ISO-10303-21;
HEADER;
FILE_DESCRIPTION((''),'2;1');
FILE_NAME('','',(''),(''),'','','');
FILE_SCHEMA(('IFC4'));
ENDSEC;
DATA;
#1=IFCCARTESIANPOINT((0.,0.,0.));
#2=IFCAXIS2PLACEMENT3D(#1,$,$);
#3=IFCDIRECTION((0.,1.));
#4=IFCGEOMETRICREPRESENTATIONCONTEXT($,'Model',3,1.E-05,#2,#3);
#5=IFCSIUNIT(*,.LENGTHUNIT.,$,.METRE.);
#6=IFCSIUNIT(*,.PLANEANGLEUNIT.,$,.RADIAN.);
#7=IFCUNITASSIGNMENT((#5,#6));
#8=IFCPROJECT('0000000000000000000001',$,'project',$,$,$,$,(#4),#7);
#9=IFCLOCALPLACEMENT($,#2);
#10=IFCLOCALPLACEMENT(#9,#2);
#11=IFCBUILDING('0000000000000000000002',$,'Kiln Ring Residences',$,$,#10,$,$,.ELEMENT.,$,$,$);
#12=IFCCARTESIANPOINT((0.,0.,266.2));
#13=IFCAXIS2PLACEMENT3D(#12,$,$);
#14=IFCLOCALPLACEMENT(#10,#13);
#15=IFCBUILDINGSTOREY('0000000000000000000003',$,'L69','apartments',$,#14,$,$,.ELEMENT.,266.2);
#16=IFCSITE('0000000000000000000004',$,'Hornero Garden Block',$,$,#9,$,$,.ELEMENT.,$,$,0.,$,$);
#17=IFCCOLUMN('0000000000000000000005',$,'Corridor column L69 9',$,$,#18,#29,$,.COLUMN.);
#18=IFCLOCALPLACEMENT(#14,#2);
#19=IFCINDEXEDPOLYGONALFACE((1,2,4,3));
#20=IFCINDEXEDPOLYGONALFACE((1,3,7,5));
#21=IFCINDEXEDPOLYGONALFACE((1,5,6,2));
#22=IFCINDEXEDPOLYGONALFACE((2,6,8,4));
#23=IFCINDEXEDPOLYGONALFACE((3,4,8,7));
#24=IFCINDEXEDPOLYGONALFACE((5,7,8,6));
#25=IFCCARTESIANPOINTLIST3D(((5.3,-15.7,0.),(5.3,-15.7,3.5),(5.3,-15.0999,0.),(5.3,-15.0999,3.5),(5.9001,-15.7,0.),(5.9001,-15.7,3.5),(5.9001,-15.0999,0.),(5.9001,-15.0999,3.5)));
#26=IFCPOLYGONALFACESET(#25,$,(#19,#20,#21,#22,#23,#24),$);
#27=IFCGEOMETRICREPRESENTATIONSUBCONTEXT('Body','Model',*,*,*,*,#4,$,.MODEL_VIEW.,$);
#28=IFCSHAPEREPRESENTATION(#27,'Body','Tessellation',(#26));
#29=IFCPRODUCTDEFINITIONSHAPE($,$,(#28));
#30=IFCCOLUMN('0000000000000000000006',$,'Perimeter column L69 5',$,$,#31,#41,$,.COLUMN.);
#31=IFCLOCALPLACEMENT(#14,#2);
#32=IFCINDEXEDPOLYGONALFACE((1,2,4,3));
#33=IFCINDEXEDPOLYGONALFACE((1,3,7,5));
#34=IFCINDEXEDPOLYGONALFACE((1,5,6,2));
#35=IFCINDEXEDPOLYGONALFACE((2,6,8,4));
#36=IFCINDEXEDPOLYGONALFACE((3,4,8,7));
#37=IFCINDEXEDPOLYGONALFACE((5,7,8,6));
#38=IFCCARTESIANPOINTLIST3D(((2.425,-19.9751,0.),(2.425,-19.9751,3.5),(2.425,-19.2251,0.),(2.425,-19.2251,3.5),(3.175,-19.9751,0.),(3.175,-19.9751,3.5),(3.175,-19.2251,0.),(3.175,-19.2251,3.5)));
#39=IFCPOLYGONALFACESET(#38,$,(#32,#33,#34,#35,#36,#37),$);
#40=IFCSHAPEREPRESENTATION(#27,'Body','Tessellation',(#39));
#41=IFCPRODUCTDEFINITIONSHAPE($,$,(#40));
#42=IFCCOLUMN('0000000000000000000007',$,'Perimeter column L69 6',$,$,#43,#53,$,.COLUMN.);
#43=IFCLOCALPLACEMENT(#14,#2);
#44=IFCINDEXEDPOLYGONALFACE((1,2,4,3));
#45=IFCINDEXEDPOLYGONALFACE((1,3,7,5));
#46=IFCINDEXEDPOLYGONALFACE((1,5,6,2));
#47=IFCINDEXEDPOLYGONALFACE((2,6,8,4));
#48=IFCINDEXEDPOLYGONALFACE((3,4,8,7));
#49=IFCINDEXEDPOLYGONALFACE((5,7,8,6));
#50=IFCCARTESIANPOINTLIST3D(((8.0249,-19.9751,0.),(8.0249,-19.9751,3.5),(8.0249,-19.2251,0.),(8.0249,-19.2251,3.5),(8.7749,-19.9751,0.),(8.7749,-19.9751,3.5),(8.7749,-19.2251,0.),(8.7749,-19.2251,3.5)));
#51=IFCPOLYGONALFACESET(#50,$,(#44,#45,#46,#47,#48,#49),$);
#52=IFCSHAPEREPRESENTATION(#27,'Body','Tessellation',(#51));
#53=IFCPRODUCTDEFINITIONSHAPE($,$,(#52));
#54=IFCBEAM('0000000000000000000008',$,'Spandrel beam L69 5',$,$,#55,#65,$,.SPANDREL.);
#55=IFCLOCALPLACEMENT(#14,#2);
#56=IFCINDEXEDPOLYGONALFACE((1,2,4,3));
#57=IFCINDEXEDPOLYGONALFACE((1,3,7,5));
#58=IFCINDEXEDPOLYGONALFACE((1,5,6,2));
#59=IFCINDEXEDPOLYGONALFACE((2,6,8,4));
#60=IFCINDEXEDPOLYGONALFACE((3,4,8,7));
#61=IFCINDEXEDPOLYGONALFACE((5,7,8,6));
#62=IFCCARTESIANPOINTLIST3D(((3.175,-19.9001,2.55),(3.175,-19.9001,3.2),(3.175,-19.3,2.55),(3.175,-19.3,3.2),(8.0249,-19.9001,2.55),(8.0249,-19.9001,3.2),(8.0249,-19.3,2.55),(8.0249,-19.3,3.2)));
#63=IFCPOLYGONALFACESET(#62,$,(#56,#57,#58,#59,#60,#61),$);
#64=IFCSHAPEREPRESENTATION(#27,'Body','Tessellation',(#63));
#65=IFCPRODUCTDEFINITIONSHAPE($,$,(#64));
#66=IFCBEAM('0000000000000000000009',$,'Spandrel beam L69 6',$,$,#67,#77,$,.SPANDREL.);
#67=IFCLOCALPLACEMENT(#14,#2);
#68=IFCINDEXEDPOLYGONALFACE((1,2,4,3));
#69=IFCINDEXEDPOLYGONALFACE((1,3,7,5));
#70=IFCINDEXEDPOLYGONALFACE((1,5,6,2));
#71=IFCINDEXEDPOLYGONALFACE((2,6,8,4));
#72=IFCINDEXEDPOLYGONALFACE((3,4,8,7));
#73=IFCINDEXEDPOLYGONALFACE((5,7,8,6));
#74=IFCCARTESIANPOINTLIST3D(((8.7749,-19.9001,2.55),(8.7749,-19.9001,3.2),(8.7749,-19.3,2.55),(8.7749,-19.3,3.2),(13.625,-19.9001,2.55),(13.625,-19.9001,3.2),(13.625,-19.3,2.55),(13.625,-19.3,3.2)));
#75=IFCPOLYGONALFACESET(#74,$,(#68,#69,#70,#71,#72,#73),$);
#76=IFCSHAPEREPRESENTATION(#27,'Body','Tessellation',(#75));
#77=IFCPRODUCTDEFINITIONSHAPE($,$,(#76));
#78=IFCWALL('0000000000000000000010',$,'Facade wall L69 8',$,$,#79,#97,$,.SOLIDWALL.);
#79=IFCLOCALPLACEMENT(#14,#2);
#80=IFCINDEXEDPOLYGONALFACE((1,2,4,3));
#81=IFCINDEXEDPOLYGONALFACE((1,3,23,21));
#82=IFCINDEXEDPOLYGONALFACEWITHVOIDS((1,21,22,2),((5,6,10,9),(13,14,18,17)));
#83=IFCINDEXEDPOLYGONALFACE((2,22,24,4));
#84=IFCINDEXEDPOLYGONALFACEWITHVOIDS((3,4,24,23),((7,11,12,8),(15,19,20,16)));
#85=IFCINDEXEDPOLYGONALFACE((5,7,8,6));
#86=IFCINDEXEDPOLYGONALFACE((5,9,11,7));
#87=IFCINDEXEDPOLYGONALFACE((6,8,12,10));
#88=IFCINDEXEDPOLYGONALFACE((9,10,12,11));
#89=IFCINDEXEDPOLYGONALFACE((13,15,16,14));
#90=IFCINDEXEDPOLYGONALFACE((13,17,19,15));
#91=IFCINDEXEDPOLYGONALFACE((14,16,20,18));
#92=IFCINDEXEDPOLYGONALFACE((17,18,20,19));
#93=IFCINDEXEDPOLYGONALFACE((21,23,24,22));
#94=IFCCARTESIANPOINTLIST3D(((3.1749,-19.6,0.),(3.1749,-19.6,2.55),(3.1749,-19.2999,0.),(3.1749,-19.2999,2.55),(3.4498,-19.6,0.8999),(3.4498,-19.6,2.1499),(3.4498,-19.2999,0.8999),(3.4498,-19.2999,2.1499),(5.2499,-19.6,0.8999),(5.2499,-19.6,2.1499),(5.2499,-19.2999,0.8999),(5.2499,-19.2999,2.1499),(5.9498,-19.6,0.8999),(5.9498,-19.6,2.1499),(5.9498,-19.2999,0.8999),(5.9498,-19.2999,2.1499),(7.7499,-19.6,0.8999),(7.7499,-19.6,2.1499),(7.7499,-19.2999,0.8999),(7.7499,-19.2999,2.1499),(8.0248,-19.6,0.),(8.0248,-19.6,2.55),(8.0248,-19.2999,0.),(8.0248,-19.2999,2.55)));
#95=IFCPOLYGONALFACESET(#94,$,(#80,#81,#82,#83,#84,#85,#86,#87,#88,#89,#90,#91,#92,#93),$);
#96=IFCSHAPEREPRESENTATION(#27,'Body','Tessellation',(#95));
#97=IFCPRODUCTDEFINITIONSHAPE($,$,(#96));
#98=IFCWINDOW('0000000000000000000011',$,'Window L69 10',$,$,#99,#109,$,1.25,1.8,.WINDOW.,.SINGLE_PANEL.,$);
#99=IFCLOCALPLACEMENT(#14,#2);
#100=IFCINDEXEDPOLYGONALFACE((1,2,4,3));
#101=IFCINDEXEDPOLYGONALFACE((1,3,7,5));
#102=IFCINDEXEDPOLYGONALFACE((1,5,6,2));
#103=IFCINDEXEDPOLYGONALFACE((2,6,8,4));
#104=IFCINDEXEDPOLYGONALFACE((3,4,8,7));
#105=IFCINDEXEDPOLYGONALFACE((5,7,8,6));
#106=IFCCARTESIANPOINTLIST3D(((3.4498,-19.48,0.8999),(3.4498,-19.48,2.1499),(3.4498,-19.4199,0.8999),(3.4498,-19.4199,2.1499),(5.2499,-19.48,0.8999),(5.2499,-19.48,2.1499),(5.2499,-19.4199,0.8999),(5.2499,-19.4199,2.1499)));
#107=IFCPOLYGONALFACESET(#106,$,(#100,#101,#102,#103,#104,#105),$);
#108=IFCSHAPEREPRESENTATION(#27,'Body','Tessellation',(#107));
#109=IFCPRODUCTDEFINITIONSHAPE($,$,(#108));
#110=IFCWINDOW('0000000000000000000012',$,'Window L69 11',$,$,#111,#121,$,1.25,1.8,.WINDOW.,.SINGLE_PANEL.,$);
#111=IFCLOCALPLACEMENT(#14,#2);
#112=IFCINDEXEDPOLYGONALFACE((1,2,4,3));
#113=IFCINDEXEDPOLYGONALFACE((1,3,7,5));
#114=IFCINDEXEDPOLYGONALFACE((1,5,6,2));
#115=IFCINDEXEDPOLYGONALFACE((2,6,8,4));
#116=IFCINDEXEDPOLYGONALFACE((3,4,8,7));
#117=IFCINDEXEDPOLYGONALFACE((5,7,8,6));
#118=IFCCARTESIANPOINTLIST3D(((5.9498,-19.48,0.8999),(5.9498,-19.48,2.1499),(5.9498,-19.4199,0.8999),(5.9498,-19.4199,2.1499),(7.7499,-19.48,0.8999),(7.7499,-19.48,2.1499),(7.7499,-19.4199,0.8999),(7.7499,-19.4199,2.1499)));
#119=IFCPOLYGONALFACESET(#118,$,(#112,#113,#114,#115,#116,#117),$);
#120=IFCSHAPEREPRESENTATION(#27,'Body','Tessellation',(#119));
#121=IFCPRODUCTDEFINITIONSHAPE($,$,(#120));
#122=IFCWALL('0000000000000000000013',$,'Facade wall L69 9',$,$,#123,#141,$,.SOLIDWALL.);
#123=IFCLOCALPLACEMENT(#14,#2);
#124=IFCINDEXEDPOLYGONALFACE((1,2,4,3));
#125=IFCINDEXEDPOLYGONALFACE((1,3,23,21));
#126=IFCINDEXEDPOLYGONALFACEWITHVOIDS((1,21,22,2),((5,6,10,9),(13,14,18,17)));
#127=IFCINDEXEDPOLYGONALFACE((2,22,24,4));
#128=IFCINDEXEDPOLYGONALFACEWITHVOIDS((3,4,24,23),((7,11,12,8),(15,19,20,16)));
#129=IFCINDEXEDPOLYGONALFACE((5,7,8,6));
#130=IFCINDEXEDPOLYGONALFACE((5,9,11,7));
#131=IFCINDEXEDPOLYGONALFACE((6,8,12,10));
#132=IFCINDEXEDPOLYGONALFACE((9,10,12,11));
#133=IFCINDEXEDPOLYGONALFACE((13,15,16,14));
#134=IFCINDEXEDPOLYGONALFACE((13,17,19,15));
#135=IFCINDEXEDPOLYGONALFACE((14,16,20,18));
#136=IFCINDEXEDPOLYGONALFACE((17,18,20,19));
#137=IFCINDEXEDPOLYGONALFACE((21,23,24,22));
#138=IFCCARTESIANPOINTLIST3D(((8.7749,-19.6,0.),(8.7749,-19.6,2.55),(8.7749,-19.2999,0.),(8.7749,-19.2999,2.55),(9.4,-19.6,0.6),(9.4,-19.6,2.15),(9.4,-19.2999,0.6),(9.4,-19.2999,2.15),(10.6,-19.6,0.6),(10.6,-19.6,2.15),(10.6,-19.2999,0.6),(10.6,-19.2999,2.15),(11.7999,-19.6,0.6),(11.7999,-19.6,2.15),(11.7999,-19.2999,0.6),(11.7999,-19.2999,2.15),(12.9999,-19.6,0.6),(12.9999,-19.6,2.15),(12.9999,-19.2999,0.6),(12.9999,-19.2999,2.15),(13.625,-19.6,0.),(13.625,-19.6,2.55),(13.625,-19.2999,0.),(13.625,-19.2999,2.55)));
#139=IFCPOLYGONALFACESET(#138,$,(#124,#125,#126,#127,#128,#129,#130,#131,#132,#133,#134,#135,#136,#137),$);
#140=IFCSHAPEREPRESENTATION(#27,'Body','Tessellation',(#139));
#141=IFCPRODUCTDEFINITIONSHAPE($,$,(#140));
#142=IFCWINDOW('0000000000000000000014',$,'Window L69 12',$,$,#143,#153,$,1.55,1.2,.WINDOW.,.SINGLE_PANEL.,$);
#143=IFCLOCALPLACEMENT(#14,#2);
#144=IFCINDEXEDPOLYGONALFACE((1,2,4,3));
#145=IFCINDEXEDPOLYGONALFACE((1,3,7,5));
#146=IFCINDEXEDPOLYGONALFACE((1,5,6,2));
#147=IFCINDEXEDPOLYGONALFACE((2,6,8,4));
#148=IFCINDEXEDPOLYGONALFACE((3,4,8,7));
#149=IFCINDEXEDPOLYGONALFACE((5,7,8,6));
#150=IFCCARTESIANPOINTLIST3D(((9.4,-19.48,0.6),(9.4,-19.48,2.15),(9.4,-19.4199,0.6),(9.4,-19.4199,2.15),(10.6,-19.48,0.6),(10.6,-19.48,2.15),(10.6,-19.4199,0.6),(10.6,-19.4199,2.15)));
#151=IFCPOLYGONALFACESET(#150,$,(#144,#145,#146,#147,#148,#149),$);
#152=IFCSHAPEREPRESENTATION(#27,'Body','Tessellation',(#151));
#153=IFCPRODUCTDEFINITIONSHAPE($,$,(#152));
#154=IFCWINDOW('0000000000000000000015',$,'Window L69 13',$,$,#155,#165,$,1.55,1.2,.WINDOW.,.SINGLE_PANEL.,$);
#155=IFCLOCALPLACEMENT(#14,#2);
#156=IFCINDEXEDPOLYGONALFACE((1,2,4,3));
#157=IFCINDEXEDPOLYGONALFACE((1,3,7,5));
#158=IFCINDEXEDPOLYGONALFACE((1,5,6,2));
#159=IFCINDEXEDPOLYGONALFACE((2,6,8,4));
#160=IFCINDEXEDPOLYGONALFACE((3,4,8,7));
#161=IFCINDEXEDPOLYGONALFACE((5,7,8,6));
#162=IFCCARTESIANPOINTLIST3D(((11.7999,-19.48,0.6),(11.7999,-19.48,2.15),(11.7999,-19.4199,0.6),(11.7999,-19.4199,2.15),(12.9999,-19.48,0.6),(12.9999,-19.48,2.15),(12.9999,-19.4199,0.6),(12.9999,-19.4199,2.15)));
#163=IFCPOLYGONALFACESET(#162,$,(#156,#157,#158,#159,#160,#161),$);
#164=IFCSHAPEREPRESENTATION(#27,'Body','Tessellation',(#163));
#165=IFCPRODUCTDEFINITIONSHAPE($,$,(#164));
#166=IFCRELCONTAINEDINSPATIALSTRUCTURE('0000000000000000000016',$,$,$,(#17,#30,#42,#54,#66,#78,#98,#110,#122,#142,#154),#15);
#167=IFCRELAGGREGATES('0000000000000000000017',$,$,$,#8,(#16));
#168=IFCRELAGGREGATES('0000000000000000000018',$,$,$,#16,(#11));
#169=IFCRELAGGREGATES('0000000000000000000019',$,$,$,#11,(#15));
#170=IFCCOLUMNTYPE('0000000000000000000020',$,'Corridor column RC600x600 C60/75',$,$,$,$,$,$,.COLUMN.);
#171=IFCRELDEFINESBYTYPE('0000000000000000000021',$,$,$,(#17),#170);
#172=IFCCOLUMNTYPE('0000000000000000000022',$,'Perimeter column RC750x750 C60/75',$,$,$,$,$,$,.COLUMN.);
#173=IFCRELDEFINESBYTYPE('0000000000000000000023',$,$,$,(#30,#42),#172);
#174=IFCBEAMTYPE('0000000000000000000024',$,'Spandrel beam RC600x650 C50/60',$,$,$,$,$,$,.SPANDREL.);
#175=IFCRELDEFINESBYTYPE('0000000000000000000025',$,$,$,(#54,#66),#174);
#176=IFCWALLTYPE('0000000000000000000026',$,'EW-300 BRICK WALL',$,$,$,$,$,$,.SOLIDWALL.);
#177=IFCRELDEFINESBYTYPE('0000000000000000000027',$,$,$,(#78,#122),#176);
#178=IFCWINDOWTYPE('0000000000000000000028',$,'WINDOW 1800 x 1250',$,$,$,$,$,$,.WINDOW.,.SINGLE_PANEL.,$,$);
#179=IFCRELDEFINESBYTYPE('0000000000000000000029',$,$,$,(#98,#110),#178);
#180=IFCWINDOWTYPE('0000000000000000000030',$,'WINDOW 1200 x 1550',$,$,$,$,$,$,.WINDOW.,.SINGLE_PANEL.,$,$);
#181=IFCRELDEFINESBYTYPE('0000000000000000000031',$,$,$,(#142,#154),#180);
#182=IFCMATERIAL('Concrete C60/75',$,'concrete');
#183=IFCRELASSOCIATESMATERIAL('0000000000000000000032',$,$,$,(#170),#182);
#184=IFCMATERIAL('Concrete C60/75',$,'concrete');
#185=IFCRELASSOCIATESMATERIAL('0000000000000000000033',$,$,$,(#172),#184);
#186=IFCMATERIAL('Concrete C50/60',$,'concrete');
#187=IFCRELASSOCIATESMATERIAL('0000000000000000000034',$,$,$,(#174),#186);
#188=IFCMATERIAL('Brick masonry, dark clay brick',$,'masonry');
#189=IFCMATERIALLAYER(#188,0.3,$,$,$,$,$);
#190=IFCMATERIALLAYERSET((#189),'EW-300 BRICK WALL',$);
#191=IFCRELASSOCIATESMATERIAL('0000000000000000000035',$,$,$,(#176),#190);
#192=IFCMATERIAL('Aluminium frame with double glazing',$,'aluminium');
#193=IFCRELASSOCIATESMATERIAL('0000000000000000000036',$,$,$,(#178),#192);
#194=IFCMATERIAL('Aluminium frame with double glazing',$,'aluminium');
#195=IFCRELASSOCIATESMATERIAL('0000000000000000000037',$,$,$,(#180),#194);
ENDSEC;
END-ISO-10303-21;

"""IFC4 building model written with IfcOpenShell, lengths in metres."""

from ifc_helpers import new_model, si_unit, direction, frame, frame_2d, origin, origin_2d, place, context, subcontext, project, spatial, rectangle, extrude, material, layer, layer_set, material_profile, profile_set, type_object, element, fill, save


model = new_model("IFC4")

# Units and contexts
model_context = context("Model", 3, precision=1e-05, world=origin(), true_north=direction((0.0, 1.0)))
body_context = subcontext(model_context, "Body", "Model", "MODEL_VIEW")
ifc_project = project(units=[si_unit("LENGTHUNIT", "METRE"), si_unit("PLANEANGLEUNIT", "RADIAN")], contexts=[model_context])

# Site, building, storey
site_placement = place(None, origin())
site = spatial("IfcSite", under=ifc_project, at=site_placement, Name="Hornero Garden Block", CompositionType="ELEMENT", RefElevation=0.0)
building_placement = place(site_placement, origin())
building = spatial("IfcBuilding", under=site, at=building_placement, Name="Kiln Ring Residences", CompositionType="ELEMENT")
storey_placement = place(building_placement, frame((0.0, 0.0, 266.2)))
storey = spatial("IfcBuildingStorey", under=building, at=storey_placement, Name="L69", Description="apartments", CompositionType="ELEMENT", Elevation=266.2)

# Columns
ifc_material_1 = material(Name="Concrete C60/75", Category="concrete")
ifc_material_profile_1 = material_profile(ifc_material_1, rectangle(XDim=0.6001, YDim=0.6001, at=origin_2d()), Name="RC600x600")
ifc_profile_set_1 = profile_set([ifc_material_profile_1], Name="Concrete C60/75")
column_type_1 = type_object("IfcColumnType", Name="Corridor column RC600x600 C60/75", PredefinedType="COLUMN", material=ifc_profile_set_1)
column_placement = place(storey_placement, frame((5.6001, -15.3999, 0.0), z_axis=(0.0, 0.0, 1.0), x_axis=(1.0, 0.0, 0.0)))
element("IfcColumn", 1, at=column_placement, inside=storey, type_object=column_type_1, Name="Corridor column L69 9", PredefinedType="COLUMN", context=body_context, shape_type="SweptSolid", body=[
    extrude(rectangle(XDim=0.6001, YDim=0.6001, at=origin_2d()), origin(), (0.0, 0.0, 1.0), 3.5),
])
ifc_material_2 = material(Name="Concrete C60/75", Category="concrete")
ifc_material_profile_2 = material_profile(ifc_material_2, rectangle(XDim=0.75, YDim=0.75, at=origin_2d()), Name="RC750x750")
ifc_profile_set_2 = profile_set([ifc_material_profile_2], Name="Concrete C60/75")
column_type_2 = type_object("IfcColumnType", Name="Perimeter column RC750x750 C60/75", PredefinedType="COLUMN", material=ifc_profile_set_2)
for number, where, z_axis, x_axis, name in (
    (2, (2.8, -19.6001, 0.0), (0.0, 0.0, 1.0), (1.0, 0.0, 0.0), "Perimeter column L69 5"),
    (3, (8.3999, -19.6001, 0.0), (0.0, 0.0, 1.0), (1.0, 0.0, 0.0), "Perimeter column L69 6"),
):
    element("IfcColumn", number, at=place(storey_placement, frame(where, z_axis=z_axis, x_axis=x_axis)), inside=storey, type_object=column_type_2, Name=name, PredefinedType="COLUMN", context=body_context, shape_type="SweptSolid", body=[
        extrude(rectangle(XDim=0.75, YDim=0.75, at=origin_2d()), origin(), (0.0, 0.0, 1.0), 3.5),
    ])

# Beams
ifc_material_3 = material(Name="Concrete C50/60", Category="concrete")
ifc_material_profile_3 = material_profile(ifc_material_3, rectangle(XDim=0.6001, YDim=0.6499, at=origin_2d()), Name="RC600x650")
ifc_profile_set_3 = profile_set([ifc_material_profile_3], Name="Concrete C50/60")
beam_type = type_object("IfcBeamType", Name="Spandrel beam RC600x650 C50/60", PredefinedType="SPANDREL", material=ifc_profile_set_3)
beam_1_placement = place(storey_placement, frame((3.175, -19.6001, 2.875), z_axis=(1.0, 0.0, 0.0), x_axis=(0.0, 1.0, 0.0)))
element("IfcBeam", 4, at=beam_1_placement, inside=storey, type_object=beam_type, Name="Spandrel beam L69 5", PredefinedType="SPANDREL", context=body_context, shape_type="SweptSolid", body=[
    extrude(rectangle(XDim=0.6001, YDim=0.6499, at=origin_2d()), origin(), (0.0, 0.0, 1.0), 4.8499),
])
beam_2_placement = place(storey_placement, frame((8.7749, -19.6001, 2.875), z_axis=(1.0, 0.0, 0.0), x_axis=(0.0, 1.0, 0.0)))
element("IfcBeam", 5, at=beam_2_placement, inside=storey, type_object=beam_type, Name="Spandrel beam L69 6", PredefinedType="SPANDREL", context=body_context, shape_type="SweptSolid", body=[
    extrude(rectangle(XDim=0.6001, YDim=0.6499, at=origin_2d()), origin(), (0.0, 0.0, 1.0), 4.8501),
])

# Walls, openings, windows
ifc_material_4 = material(Name="Brick masonry, dark clay brick", Category="masonry")
ifc_layer_1 = layer(ifc_material_4, 0.3)
ifc_layer_set_1 = layer_set([ifc_layer_1], Name="EW-300 BRICK WALL")
wall_type_1 = type_object("IfcWallType", Name="EW-300 BRICK WALL", PredefinedType="SOLIDWALL", material=ifc_layer_set_1)
wall_1_placement = place(storey_placement, frame((3.175, -19.45, 0.0), z_axis=(0.0, 0.0, 1.0), x_axis=(1.0, 0.0, 0.0)))
wall_1 = element("IfcWall", 6, at=wall_1_placement, inside=storey, type_object=wall_type_1, Name="Facade wall L69 8", PredefinedType="SOLIDWALL", context=body_context, shape_type="SweptSolid", body=[
    extrude(rectangle(XDim=4.8499, YDim=0.3, at=frame_2d((2.4248, 0.0))), origin(), (0.0, 0.0, 1.0), 2.55),
])
opening_1_placement = place(wall_1_placement, frame((0.2749, 0.0, 0.8999)))
opening_1 = element("IfcOpeningElement", 7, at=opening_1_placement, cuts=wall_1, PredefinedType="OPENING", context=body_context, shape_type="SweptSolid", body=[
    extrude(rectangle(XDim=1.8, YDim=1.25, at=frame_2d((0.8999, 0.625))), frame((0.0, 0.1599, 0.0), z_axis=(0.0, -1.0, 0.0), x_axis=(1.0, 0.0, 0.0)), (0.0, 0.0, 1.0), 0.3201),
])
opening_2_placement = place(wall_1_placement, frame((2.7749, 0.0, 0.8999)))
opening_2 = element("IfcOpeningElement", 8, at=opening_2_placement, cuts=wall_1, PredefinedType="OPENING", context=body_context, shape_type="SweptSolid", body=[
    extrude(rectangle(XDim=1.8, YDim=1.25, at=frame_2d((0.8999, 0.625))), frame((0.0, 0.1599, 0.0), z_axis=(0.0, -1.0, 0.0), x_axis=(1.0, 0.0, 0.0)), (0.0, 0.0, 1.0), 0.3201),
])
ifc_material_5 = material(Name="Aluminium frame with double glazing", Category="aluminium")
window_type_1 = type_object("IfcWindowType", Name="WINDOW 1800 x 1250", PartitioningType="SINGLE_PANEL", PredefinedType="WINDOW", material=ifc_material_5)
window_1_placement = place(opening_1_placement, origin())
window_1 = element("IfcWindow", 9, at=window_1_placement, inside=storey, type_object=window_type_1, Name="Window L69 10", OverallHeight=1.25, OverallWidth=1.8, PartitioningType="SINGLE_PANEL", PredefinedType="WINDOW", context=body_context, shape_type="SweptSolid", body=[
    extrude(rectangle(XDim=1.8, YDim=1.25, at=frame_2d((0.8999, 0.625))), frame((0.0, 0.03, 0.0), z_axis=(0.0, -1.0, 0.0), x_axis=(1.0, 0.0, 0.0)), (0.0, 0.0, 1.0), 0.0601),
])
fill(opening_1, window_1)
window_2_placement = place(opening_2_placement, origin())
window_2 = element("IfcWindow", 10, at=window_2_placement, inside=storey, type_object=window_type_1, Name="Window L69 11", OverallHeight=1.25, OverallWidth=1.8, PartitioningType="SINGLE_PANEL", PredefinedType="WINDOW", context=body_context, shape_type="SweptSolid", body=[
    extrude(rectangle(XDim=1.8, YDim=1.25, at=frame_2d((0.8999, 0.625))), frame((0.0, 0.03, 0.0), z_axis=(0.0, -1.0, 0.0), x_axis=(1.0, 0.0, 0.0)), (0.0, 0.0, 1.0), 0.0601),
])
fill(opening_2, window_2)
wall_2_placement = place(storey_placement, frame((8.7749, -19.45, 0.0), z_axis=(0.0, 0.0, 1.0), x_axis=(1.0, 0.0, 0.0)))
wall_2 = element("IfcWall", 11, at=wall_2_placement, inside=storey, type_object=wall_type_1, Name="Facade wall L69 9", PredefinedType="SOLIDWALL", context=body_context, shape_type="SweptSolid", body=[
    extrude(rectangle(XDim=4.8501, YDim=0.3, at=frame_2d((2.425, 0.0))), origin(), (0.0, 0.0, 1.0), 2.55),
])
opening_3_placement = place(wall_2_placement, frame((0.625, 0.0, 0.6001)))
opening_3 = element("IfcOpeningElement", 12, at=opening_3_placement, cuts=wall_2, PredefinedType="OPENING", context=body_context, shape_type="SweptSolid", body=[
    extrude(rectangle(XDim=1.2, YDim=1.55, at=frame_2d((0.6001, 0.7749))), frame((0.0, 0.1599, 0.0), z_axis=(0.0, -1.0, 0.0), x_axis=(1.0, 0.0, 0.0)), (0.0, 0.0, 1.0), 0.3201),
])
opening_4_placement = place(wall_2_placement, frame((3.0249, 0.0, 0.6001)))
opening_4 = element("IfcOpeningElement", 13, at=opening_4_placement, cuts=wall_2, PredefinedType="OPENING", context=body_context, shape_type="SweptSolid", body=[
    extrude(rectangle(XDim=1.2, YDim=1.55, at=frame_2d((0.6001, 0.7749))), frame((0.0, 0.1599, 0.0), z_axis=(0.0, -1.0, 0.0), x_axis=(1.0, 0.0, 0.0)), (0.0, 0.0, 1.0), 0.3201),
])
ifc_material_6 = material(Name="Aluminium frame with double glazing", Category="aluminium")
window_type_2 = type_object("IfcWindowType", Name="WINDOW 1200 x 1550", PartitioningType="SINGLE_PANEL", PredefinedType="WINDOW", material=ifc_material_6)
window_3_placement = place(opening_3_placement, origin())
window_3 = element("IfcWindow", 14, at=window_3_placement, inside=storey, type_object=window_type_2, Name="Window L69 12", OverallHeight=1.55, OverallWidth=1.2, PartitioningType="SINGLE_PANEL", PredefinedType="WINDOW", context=body_context, shape_type="SweptSolid", body=[
    extrude(rectangle(XDim=1.2, YDim=1.55, at=frame_2d((0.6001, 0.7749))), frame((0.0, 0.03, 0.0), z_axis=(0.0, -1.0, 0.0), x_axis=(1.0, 0.0, 0.0)), (0.0, 0.0, 1.0), 0.0601),
])
fill(opening_3, window_3)
window_4_placement = place(opening_4_placement, origin())
window_4 = element("IfcWindow", 15, at=window_4_placement, inside=storey, type_object=window_type_2, Name="Window L69 13", OverallHeight=1.55, OverallWidth=1.2, PartitioningType="SINGLE_PANEL", PredefinedType="WINDOW", context=body_context, shape_type="SweptSolid", body=[
    extrude(rectangle(XDim=1.2, YDim=1.55, at=frame_2d((0.6001, 0.7749))), frame((0.0, 0.03, 0.0), z_axis=(0.0, -1.0, 0.0), x_axis=(1.0, 0.0, 0.0)), (0.0, 0.0, 1.0), 0.0601),
])
fill(opening_4, window_4)

save(model, "model.ifc")
